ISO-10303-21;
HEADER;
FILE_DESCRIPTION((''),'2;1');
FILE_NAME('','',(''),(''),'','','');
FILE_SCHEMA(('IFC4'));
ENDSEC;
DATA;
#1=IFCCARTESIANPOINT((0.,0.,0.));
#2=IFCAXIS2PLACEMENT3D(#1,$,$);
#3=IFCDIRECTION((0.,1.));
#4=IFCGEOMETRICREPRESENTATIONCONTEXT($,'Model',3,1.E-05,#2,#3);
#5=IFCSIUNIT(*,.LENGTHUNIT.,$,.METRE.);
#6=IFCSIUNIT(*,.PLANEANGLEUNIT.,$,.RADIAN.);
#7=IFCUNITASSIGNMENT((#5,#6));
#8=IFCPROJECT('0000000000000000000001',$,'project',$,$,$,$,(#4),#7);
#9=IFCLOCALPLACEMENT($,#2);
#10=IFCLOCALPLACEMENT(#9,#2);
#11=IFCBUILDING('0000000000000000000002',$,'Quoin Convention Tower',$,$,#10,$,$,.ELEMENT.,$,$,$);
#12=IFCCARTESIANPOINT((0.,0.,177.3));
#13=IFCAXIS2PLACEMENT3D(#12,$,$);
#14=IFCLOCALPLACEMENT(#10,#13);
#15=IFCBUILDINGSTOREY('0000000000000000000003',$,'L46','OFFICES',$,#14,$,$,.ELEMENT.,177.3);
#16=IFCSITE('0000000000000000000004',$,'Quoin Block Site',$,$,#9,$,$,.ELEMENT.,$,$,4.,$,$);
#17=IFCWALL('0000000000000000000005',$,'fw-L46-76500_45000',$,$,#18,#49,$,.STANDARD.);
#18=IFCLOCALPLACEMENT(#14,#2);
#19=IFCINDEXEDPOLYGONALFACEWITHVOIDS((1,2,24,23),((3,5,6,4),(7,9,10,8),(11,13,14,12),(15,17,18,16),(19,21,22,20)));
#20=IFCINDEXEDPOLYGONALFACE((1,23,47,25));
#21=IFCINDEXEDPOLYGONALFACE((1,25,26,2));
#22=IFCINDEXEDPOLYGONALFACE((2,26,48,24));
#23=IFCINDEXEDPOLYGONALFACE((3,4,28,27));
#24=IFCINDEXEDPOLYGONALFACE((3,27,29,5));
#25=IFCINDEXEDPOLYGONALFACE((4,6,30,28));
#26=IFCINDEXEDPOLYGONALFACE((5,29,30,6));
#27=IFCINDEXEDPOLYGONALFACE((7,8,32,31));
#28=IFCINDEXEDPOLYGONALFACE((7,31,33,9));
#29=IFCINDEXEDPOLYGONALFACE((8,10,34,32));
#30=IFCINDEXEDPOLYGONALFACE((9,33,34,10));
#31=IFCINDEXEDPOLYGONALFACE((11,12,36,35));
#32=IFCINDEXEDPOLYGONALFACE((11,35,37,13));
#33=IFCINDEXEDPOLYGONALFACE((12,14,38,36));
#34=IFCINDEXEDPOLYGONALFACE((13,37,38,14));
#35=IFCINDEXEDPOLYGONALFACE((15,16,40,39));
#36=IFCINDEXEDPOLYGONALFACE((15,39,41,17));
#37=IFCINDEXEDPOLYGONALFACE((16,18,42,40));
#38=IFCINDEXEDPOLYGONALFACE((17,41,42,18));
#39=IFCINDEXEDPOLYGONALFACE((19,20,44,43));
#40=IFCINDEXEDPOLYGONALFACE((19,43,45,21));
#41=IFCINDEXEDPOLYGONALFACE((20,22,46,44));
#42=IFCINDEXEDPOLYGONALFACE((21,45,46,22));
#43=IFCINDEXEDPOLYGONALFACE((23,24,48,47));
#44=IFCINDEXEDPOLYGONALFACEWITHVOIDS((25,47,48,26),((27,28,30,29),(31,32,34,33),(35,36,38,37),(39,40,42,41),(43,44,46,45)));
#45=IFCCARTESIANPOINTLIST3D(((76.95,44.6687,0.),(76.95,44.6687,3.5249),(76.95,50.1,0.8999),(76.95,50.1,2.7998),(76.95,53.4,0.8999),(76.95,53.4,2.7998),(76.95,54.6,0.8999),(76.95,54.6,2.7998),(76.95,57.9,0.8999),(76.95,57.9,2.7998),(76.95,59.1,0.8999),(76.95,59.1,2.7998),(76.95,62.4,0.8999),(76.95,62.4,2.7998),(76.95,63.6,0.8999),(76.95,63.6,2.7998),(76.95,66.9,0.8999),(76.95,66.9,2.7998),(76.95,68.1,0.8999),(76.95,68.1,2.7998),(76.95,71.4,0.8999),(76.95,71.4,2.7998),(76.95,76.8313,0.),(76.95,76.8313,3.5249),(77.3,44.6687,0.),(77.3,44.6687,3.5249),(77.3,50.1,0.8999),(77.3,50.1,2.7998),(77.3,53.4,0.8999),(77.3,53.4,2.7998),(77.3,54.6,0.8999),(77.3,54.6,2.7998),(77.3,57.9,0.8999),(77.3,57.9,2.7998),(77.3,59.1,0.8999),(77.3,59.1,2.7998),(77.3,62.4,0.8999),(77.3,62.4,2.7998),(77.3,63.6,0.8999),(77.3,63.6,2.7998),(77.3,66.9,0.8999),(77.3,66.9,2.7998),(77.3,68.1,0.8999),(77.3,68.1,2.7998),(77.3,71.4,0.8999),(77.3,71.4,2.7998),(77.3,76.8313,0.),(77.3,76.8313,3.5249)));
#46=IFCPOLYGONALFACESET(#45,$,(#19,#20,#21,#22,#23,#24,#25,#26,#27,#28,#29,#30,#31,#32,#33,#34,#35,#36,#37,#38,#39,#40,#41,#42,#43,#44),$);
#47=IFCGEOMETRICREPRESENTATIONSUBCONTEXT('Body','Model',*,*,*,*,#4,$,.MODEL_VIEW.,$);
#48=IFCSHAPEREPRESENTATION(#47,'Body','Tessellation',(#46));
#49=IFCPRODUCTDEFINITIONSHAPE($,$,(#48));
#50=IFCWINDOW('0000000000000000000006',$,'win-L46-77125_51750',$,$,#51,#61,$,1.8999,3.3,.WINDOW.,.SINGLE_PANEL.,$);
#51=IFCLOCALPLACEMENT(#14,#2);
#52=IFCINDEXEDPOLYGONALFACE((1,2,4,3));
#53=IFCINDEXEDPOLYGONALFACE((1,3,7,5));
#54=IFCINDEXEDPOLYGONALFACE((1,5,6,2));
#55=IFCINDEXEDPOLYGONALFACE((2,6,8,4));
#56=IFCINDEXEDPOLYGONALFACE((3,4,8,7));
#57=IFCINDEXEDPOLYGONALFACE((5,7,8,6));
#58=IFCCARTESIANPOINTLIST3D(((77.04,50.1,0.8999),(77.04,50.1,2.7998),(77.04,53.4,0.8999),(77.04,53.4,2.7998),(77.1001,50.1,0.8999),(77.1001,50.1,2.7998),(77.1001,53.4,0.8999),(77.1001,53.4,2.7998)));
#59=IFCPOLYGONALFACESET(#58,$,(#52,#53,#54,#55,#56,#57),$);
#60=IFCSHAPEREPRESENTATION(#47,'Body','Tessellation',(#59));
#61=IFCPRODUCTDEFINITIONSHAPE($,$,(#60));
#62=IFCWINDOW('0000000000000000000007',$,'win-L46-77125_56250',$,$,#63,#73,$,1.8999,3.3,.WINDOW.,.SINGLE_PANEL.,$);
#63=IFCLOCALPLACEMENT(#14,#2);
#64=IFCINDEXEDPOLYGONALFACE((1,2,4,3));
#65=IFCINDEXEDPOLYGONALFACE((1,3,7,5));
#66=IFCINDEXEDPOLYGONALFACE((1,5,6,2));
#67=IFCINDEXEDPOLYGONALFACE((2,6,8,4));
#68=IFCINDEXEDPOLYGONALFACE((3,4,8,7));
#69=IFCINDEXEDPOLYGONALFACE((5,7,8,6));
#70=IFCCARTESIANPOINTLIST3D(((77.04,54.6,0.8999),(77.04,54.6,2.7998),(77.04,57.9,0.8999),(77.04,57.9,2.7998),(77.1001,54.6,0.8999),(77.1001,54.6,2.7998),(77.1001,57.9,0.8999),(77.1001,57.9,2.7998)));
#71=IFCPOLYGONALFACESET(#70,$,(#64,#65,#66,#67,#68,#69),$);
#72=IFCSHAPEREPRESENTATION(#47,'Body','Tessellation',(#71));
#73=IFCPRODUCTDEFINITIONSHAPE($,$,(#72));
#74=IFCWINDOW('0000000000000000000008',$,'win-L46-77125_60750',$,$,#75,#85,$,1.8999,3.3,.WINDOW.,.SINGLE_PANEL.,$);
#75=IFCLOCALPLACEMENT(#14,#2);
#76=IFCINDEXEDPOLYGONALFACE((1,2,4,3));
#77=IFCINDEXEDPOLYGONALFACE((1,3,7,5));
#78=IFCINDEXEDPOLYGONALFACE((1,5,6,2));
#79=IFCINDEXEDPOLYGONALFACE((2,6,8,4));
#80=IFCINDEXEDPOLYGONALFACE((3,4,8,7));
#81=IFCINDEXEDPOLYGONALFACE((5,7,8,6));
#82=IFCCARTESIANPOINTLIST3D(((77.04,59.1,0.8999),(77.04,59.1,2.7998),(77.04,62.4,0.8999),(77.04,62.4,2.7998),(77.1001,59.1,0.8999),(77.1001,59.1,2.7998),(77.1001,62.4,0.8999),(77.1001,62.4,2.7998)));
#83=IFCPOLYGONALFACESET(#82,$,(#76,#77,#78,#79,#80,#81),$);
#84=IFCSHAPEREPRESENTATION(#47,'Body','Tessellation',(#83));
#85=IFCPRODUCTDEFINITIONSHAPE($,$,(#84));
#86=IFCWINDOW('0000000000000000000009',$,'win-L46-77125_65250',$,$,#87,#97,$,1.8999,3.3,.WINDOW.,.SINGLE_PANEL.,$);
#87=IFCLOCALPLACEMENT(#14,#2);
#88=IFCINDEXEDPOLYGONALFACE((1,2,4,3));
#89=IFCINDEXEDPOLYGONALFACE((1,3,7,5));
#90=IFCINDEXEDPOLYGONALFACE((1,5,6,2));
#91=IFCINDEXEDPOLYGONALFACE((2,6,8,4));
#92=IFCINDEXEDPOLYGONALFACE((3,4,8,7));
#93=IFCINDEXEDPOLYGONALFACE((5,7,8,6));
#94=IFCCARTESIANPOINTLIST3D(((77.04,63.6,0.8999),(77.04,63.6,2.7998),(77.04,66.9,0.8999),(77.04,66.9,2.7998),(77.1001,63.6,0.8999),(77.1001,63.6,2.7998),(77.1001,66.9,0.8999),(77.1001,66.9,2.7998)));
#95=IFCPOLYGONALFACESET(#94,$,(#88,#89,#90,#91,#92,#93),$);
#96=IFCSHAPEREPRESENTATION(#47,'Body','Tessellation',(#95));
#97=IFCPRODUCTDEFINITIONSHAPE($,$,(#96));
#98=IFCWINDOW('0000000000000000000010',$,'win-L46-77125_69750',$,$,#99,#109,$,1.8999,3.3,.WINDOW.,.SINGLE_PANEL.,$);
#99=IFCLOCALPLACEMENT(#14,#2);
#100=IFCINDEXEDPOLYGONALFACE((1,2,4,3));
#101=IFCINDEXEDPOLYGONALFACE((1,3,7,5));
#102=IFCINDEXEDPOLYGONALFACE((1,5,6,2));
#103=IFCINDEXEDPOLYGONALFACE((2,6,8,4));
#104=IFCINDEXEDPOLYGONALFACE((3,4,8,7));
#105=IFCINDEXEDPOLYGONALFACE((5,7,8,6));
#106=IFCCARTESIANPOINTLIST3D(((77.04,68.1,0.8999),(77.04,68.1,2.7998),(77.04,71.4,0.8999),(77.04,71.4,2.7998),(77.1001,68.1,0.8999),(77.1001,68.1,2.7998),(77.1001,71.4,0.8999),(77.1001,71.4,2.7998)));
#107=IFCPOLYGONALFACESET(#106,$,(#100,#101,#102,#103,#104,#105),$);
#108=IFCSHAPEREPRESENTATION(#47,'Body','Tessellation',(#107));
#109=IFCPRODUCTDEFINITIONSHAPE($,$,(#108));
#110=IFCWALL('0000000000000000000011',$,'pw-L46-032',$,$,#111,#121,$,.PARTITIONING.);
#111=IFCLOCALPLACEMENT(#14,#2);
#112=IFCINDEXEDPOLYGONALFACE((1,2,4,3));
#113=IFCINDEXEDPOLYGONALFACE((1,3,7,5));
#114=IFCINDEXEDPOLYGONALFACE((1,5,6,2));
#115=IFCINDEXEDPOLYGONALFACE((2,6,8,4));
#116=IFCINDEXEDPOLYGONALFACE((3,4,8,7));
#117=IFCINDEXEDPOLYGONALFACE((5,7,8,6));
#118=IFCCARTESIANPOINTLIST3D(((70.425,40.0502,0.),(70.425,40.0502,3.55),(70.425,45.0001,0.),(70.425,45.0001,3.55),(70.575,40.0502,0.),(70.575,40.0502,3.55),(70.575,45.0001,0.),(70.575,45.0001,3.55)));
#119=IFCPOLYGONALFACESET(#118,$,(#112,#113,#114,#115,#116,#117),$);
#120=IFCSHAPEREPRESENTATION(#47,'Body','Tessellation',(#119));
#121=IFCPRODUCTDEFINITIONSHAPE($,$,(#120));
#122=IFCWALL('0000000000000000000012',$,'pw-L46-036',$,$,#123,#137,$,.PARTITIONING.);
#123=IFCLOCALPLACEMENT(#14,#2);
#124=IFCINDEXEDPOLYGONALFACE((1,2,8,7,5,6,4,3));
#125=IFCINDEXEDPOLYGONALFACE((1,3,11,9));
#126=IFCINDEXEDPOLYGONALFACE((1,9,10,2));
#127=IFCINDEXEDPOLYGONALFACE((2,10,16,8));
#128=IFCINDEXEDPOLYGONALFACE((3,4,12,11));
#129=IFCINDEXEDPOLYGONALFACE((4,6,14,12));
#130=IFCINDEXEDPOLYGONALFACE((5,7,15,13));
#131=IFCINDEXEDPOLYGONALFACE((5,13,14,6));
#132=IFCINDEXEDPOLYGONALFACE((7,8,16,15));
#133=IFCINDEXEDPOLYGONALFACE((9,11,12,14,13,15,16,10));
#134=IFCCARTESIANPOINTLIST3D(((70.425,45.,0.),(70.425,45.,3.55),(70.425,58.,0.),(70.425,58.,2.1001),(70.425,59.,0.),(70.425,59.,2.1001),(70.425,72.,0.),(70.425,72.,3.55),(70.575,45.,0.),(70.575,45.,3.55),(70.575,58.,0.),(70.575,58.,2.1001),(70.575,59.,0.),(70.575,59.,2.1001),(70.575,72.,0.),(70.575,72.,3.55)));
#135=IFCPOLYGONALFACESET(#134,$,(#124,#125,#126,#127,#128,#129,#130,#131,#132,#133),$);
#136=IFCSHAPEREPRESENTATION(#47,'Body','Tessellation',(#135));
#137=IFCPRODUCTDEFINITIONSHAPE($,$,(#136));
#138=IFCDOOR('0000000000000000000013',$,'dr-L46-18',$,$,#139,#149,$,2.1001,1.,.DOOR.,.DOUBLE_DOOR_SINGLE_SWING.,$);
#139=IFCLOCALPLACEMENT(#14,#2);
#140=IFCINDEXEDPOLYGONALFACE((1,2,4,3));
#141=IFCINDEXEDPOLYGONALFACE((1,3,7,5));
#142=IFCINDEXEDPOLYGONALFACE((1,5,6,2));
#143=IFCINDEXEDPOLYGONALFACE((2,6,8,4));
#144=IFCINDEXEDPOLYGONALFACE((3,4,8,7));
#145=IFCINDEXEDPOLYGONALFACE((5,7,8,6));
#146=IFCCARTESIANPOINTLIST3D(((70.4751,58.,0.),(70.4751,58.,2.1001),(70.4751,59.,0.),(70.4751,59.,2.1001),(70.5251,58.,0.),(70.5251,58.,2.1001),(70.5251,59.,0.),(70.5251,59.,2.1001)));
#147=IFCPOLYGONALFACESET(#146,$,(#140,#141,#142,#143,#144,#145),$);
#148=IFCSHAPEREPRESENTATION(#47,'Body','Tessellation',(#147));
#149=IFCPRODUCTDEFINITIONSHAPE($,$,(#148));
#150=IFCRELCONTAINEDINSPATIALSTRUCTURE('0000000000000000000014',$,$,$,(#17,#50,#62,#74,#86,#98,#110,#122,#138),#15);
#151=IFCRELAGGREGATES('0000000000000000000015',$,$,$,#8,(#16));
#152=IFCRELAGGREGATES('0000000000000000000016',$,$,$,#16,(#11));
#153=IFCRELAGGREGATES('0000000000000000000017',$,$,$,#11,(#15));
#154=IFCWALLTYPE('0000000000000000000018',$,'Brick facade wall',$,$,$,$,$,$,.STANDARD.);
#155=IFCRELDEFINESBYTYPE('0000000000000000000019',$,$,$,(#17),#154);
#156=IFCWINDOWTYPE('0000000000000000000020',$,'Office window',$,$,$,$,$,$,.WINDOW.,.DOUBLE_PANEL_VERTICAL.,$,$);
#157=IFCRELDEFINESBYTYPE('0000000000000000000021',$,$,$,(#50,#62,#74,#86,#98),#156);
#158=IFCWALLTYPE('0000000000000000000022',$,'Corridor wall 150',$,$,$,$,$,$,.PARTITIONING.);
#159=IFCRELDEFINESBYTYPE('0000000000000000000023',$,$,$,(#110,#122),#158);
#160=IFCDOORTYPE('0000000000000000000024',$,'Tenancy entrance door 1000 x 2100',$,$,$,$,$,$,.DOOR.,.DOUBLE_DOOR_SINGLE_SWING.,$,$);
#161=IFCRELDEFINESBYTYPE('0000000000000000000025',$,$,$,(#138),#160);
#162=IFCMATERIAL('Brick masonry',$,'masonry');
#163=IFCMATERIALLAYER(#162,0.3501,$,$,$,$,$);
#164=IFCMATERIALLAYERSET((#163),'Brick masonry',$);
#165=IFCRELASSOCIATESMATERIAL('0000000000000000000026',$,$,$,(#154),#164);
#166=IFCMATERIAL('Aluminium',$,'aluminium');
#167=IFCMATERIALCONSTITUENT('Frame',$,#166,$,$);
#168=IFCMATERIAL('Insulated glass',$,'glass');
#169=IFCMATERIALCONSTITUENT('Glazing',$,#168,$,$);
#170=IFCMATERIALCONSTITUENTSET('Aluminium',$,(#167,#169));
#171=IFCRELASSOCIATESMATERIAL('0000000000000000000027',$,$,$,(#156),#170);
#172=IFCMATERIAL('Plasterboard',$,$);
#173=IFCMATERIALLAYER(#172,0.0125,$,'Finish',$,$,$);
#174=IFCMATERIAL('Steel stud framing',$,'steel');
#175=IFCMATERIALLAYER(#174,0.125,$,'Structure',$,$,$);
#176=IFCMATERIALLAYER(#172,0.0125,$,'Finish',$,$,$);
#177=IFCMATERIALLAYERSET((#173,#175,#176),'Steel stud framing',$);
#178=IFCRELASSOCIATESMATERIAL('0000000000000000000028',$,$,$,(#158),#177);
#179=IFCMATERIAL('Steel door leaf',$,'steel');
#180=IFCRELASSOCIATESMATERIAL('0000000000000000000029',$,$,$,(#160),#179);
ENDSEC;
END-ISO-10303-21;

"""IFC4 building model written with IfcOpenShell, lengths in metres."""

from ifc_helpers import new_model, si_unit, direction, frame, frame_2d, origin, place, context, subcontext, project, spatial, rectangle, extrude, material, layer, layer_set, constituent, constituent_set, type_object, element, fill, save


model = new_model("IFC4")

# Units and contexts
model_context = context("Model", 3, precision=1e-05, world=origin(), true_north=direction((0.0, 1.0)))
body_context = subcontext(model_context, "Body", "Model", "MODEL_VIEW")
ifc_project = project(units=[si_unit("LENGTHUNIT", "METRE"), si_unit("PLANEANGLEUNIT", "RADIAN")], contexts=[model_context])

# Site, building, storey
site_placement = place(None, origin())
site = spatial("IfcSite", under=ifc_project, at=site_placement, Name="Quoin Block Site", CompositionType="ELEMENT", RefElevation=4.0)
building_placement = place(site_placement, origin())
building = spatial("IfcBuilding", under=site, at=building_placement, Name="Quoin Convention Tower", CompositionType="ELEMENT")
storey_placement = place(building_placement, frame((0.0, 0.0, 177.3)))
storey = spatial("IfcBuildingStorey", under=building, at=storey_placement, Name="L46", Description="OFFICES", CompositionType="ELEMENT", Elevation=177.3)

# Shared definitions
ifc_material_1 = material(Name="Plasterboard")
ifc_material_2 = material(Name="Steel stud framing", Category="steel")
ifc_material_3 = material(Name="Steel door leaf", Category="steel")

# Shared definitions
ifc_material_4 = material(Name="Brick masonry", Category="masonry")
ifc_layer_1 = layer(ifc_material_4, 0.3501)
ifc_layer_set_1 = layer_set([ifc_layer_1], Name="Brick masonry")
wall_type_1 = type_object("IfcWallType", Name="Brick facade wall", PredefinedType="STANDARD", material=ifc_layer_set_1)
ifc_material_5 = material(Name="Aluminium", Category="aluminium")
ifc_constituent_1 = constituent(ifc_material_5, Name="Frame")
ifc_material_6 = material(Name="Insulated glass", Category="glass")
ifc_constituent_2 = constituent(ifc_material_6, Name="Glazing")
ifc_constituent_set = constituent_set(constituents=[ifc_constituent_1, ifc_constituent_2], Name="Aluminium")
window_type = type_object("IfcWindowType", Name="Office window", PartitioningType="DOUBLE_PANEL_VERTICAL", PredefinedType="WINDOW", material=ifc_constituent_set)

# Wall, openings, windows
wall_1_placement = place(storey_placement, frame((77.125, 44.6687, 0.0), z_axis=(0.0, 0.0, 1.0), x_axis=(0.0, 1.0, 0.0)))
wall_1 = element("IfcWall", 1, at=wall_1_placement, inside=storey, type_object=wall_type_1, Name="fw-L46-76500_45000", PredefinedType="STANDARD", context=body_context, shape_type="SweptSolid", body=[
    extrude(rectangle(XDim=32.1626, YDim=0.3501, at=frame_2d((16.0813, 0.0))), origin(), (0.0, 0.0, 1.0), 3.5249),
])
opening_1_placement = place(wall_1_placement, frame((5.4314, 0.0, 0.8999)))
opening_1 = element("IfcOpeningElement", 2, at=opening_1_placement, cuts=wall_1, PredefinedType="OPENING", context=body_context, shape_type="SweptSolid", body=[
    extrude(rectangle(XDim=3.3, YDim=1.8999, at=frame_2d((1.6499, 0.95))), frame((0.0, 0.1851, 0.0), z_axis=(0.0, -1.0, 0.0), x_axis=(1.0, 0.0, 0.0)), (0.0, 0.0, 1.0), 0.3701),
])
opening_2_placement = place(wall_1_placement, frame((9.9314, 0.0, 0.8999)))
opening_2 = element("IfcOpeningElement", 3, at=opening_2_placement, cuts=wall_1, PredefinedType="OPENING", context=body_context, shape_type="SweptSolid", body=[
    extrude(rectangle(XDim=3.3, YDim=1.8999, at=frame_2d((1.6499, 0.95))), frame((0.0, 0.1851, 0.0), z_axis=(0.0, -1.0, 0.0), x_axis=(1.0, 0.0, 0.0)), (0.0, 0.0, 1.0), 0.3701),
])
opening_3_placement = place(wall_1_placement, frame((14.4314, 0.0, 0.8999)))
opening_3 = element("IfcOpeningElement", 4, at=opening_3_placement, cuts=wall_1, PredefinedType="OPENING", context=body_context, shape_type="SweptSolid", body=[
    extrude(rectangle(XDim=3.3, YDim=1.8999, at=frame_2d((1.6499, 0.95))), frame((0.0, 0.1851, 0.0), z_axis=(0.0, -1.0, 0.0), x_axis=(1.0, 0.0, 0.0)), (0.0, 0.0, 1.0), 0.3701),
])
opening_4_placement = place(wall_1_placement, frame((18.9314, 0.0, 0.8999)))
opening_4 = element("IfcOpeningElement", 5, at=opening_4_placement, cuts=wall_1, PredefinedType="OPENING", context=body_context, shape_type="SweptSolid", body=[
    extrude(rectangle(XDim=3.3, YDim=1.8999, at=frame_2d((1.6499, 0.95))), frame((0.0, 0.1851, 0.0), z_axis=(0.0, -1.0, 0.0), x_axis=(1.0, 0.0, 0.0)), (0.0, 0.0, 1.0), 0.3701),
])
opening_5_placement = place(wall_1_placement, frame((23.4314, 0.0, 0.8999)))
opening_5 = element("IfcOpeningElement", 6, at=opening_5_placement, cuts=wall_1, PredefinedType="OPENING", context=body_context, shape_type="SweptSolid", body=[
    extrude(rectangle(XDim=3.3, YDim=1.8999, at=frame_2d((1.6499, 0.95))), frame((0.0, 0.1851, 0.0), z_axis=(0.0, -1.0, 0.0), x_axis=(1.0, 0.0, 0.0)), (0.0, 0.0, 1.0), 0.3701),
])
window_1_placement = place(opening_1_placement, origin())
window_1 = element("IfcWindow", 7, at=window_1_placement, inside=storey, type_object=window_type, Name="win-L46-77125_51750", OverallHeight=1.8999, OverallWidth=3.3, PartitioningType="SINGLE_PANEL", PredefinedType="WINDOW", context=body_context, shape_type="SweptSolid", body=[
    extrude(rectangle(XDim=3.3, YDim=1.8999, at=frame_2d((1.6499, 0.95))), frame((0.0, 0.085, 0.0), z_axis=(0.0, -1.0, 0.0), x_axis=(1.0, 0.0, 0.0)), (0.0, 0.0, 1.0), 0.0601),
])
fill(opening_1, window_1)
window_2_placement = place(opening_2_placement, origin())
window_2 = element("IfcWindow", 8, at=window_2_placement, inside=storey, type_object=window_type, Name="win-L46-77125_56250", OverallHeight=1.8999, OverallWidth=3.3, PartitioningType="SINGLE_PANEL", PredefinedType="WINDOW", context=body_context, shape_type="SweptSolid", body=[
    extrude(rectangle(XDim=3.3, YDim=1.8999, at=frame_2d((1.6499, 0.95))), frame((0.0, 0.085, 0.0), z_axis=(0.0, -1.0, 0.0), x_axis=(1.0, 0.0, 0.0)), (0.0, 0.0, 1.0), 0.0601),
])
fill(opening_2, window_2)
window_3_placement = place(opening_3_placement, origin())
window_3 = element("IfcWindow", 9, at=window_3_placement, inside=storey, type_object=window_type, Name="win-L46-77125_60750", OverallHeight=1.8999, OverallWidth=3.3, PartitioningType="SINGLE_PANEL", PredefinedType="WINDOW", context=body_context, shape_type="SweptSolid", body=[
    extrude(rectangle(XDim=3.3, YDim=1.8999, at=frame_2d((1.6499, 0.95))), frame((0.0, 0.085, 0.0), z_axis=(0.0, -1.0, 0.0), x_axis=(1.0, 0.0, 0.0)), (0.0, 0.0, 1.0), 0.0601),
])
fill(opening_3, window_3)
window_4_placement = place(opening_4_placement, origin())
window_4 = element("IfcWindow", 10, at=window_4_placement, inside=storey, type_object=window_type, Name="win-L46-77125_65250", OverallHeight=1.8999, OverallWidth=3.3, PartitioningType="SINGLE_PANEL", PredefinedType="WINDOW", context=body_context, shape_type="SweptSolid", body=[
    extrude(rectangle(XDim=3.3, YDim=1.8999, at=frame_2d((1.6499, 0.95))), frame((0.0, 0.085, 0.0), z_axis=(0.0, -1.0, 0.0), x_axis=(1.0, 0.0, 0.0)), (0.0, 0.0, 1.0), 0.0601),
])
fill(opening_4, window_4)
window_5_placement = place(opening_5_placement, origin())
window_5 = element("IfcWindow", 11, at=window_5_placement, inside=storey, type_object=window_type, Name="win-L46-77125_69750", OverallHeight=1.8999, OverallWidth=3.3, PartitioningType="SINGLE_PANEL", PredefinedType="WINDOW", context=body_context, shape_type="SweptSolid", body=[
    extrude(rectangle(XDim=3.3, YDim=1.8999, at=frame_2d((1.6499, 0.95))), frame((0.0, 0.085, 0.0), z_axis=(0.0, -1.0, 0.0), x_axis=(1.0, 0.0, 0.0)), (0.0, 0.0, 1.0), 0.0601),
])
fill(opening_5, window_5)

# Wall
ifc_layer_2 = layer(ifc_material_1, 0.0125, Name="Finish")
ifc_layer_3 = layer(ifc_material_2, 0.125, Name="Structure")
ifc_layer_4 = layer(ifc_material_1, 0.0125, Name="Finish")
ifc_layer_set_2 = layer_set([ifc_layer_2, ifc_layer_3, ifc_layer_4], Name="Steel stud framing")
wall_type_2 = type_object("IfcWallType", Name="Corridor wall 150", PredefinedType="PARTITIONING", material=ifc_layer_set_2)
wall_2_placement = place(storey_placement, frame((70.5, 40.05, 0.0), z_axis=(0.0, 0.0, 1.0), x_axis=(0.0, 1.0, 0.0)))
element("IfcWall", 12, at=wall_2_placement, inside=storey, type_object=wall_type_2, Name="pw-L46-032", PredefinedType="PARTITIONING", context=body_context, shape_type="SweptSolid", body=[
    extrude(rectangle(XDim=4.95, YDim=0.1499, at=frame_2d((2.4751, 0.0))), origin(), (0.0, 0.0, 1.0), 3.55),
])

# Wall, opening, door
wall_3_placement = place(storey_placement, frame((70.5, 45.0, 0.0), z_axis=(0.0, 0.0, 1.0), x_axis=(0.0, 1.0, 0.0)))
wall_3 = element("IfcWall", 13, at=wall_3_placement, inside=storey, type_object=wall_type_2, Name="pw-L46-036", PredefinedType="PARTITIONING", context=body_context, shape_type="SweptSolid", body=[
    extrude(rectangle(XDim=27.0, YDim=0.1499, at=frame_2d((13.5, 0.0))), origin(), (0.0, 0.0, 1.0), 3.55),
])
opening_6_placement = place(wall_3_placement, frame((13.0, 0.0, 0.0)))
opening_6 = element("IfcOpeningElement", 14, at=opening_6_placement, cuts=wall_3, PredefinedType="OPENING", context=body_context, shape_type="SweptSolid", body=[
    extrude(rectangle(XDim=1.0, YDim=2.1001, at=frame_2d((0.5, 1.05))), frame((0.0, 0.085, 0.0), z_axis=(0.0, -1.0, 0.0), x_axis=(1.0, 0.0, 0.0)), (0.0, 0.0, 1.0), 0.1699),
])
door_type_1 = type_object("IfcDoorType", Name="Tenancy entrance door 1000 x 2100", OperationType="DOUBLE_DOOR_SINGLE_SWING", PredefinedType="DOOR", material=ifc_material_3)
door_1_placement = place(opening_6_placement, origin())
door_1 = element("IfcDoor", 15, at=door_1_placement, inside=storey, type_object=door_type_1, Name="dr-L46-18", OperationType="DOUBLE_DOOR_SINGLE_SWING", OverallHeight=2.1001, OverallWidth=1.0, PredefinedType="DOOR", context=body_context, shape_type="SweptSolid", body=[
    extrude(rectangle(XDim=1.0, YDim=2.1001, at=frame_2d((0.5, 1.05))), frame((0.0, 0.0249, 0.0), z_axis=(0.0, -1.0, 0.0), x_axis=(1.0, 0.0, 0.0)), (0.0, 0.0, 1.0), 0.05),
])
fill(opening_6, door_1)

save(model, "model.ifc")
